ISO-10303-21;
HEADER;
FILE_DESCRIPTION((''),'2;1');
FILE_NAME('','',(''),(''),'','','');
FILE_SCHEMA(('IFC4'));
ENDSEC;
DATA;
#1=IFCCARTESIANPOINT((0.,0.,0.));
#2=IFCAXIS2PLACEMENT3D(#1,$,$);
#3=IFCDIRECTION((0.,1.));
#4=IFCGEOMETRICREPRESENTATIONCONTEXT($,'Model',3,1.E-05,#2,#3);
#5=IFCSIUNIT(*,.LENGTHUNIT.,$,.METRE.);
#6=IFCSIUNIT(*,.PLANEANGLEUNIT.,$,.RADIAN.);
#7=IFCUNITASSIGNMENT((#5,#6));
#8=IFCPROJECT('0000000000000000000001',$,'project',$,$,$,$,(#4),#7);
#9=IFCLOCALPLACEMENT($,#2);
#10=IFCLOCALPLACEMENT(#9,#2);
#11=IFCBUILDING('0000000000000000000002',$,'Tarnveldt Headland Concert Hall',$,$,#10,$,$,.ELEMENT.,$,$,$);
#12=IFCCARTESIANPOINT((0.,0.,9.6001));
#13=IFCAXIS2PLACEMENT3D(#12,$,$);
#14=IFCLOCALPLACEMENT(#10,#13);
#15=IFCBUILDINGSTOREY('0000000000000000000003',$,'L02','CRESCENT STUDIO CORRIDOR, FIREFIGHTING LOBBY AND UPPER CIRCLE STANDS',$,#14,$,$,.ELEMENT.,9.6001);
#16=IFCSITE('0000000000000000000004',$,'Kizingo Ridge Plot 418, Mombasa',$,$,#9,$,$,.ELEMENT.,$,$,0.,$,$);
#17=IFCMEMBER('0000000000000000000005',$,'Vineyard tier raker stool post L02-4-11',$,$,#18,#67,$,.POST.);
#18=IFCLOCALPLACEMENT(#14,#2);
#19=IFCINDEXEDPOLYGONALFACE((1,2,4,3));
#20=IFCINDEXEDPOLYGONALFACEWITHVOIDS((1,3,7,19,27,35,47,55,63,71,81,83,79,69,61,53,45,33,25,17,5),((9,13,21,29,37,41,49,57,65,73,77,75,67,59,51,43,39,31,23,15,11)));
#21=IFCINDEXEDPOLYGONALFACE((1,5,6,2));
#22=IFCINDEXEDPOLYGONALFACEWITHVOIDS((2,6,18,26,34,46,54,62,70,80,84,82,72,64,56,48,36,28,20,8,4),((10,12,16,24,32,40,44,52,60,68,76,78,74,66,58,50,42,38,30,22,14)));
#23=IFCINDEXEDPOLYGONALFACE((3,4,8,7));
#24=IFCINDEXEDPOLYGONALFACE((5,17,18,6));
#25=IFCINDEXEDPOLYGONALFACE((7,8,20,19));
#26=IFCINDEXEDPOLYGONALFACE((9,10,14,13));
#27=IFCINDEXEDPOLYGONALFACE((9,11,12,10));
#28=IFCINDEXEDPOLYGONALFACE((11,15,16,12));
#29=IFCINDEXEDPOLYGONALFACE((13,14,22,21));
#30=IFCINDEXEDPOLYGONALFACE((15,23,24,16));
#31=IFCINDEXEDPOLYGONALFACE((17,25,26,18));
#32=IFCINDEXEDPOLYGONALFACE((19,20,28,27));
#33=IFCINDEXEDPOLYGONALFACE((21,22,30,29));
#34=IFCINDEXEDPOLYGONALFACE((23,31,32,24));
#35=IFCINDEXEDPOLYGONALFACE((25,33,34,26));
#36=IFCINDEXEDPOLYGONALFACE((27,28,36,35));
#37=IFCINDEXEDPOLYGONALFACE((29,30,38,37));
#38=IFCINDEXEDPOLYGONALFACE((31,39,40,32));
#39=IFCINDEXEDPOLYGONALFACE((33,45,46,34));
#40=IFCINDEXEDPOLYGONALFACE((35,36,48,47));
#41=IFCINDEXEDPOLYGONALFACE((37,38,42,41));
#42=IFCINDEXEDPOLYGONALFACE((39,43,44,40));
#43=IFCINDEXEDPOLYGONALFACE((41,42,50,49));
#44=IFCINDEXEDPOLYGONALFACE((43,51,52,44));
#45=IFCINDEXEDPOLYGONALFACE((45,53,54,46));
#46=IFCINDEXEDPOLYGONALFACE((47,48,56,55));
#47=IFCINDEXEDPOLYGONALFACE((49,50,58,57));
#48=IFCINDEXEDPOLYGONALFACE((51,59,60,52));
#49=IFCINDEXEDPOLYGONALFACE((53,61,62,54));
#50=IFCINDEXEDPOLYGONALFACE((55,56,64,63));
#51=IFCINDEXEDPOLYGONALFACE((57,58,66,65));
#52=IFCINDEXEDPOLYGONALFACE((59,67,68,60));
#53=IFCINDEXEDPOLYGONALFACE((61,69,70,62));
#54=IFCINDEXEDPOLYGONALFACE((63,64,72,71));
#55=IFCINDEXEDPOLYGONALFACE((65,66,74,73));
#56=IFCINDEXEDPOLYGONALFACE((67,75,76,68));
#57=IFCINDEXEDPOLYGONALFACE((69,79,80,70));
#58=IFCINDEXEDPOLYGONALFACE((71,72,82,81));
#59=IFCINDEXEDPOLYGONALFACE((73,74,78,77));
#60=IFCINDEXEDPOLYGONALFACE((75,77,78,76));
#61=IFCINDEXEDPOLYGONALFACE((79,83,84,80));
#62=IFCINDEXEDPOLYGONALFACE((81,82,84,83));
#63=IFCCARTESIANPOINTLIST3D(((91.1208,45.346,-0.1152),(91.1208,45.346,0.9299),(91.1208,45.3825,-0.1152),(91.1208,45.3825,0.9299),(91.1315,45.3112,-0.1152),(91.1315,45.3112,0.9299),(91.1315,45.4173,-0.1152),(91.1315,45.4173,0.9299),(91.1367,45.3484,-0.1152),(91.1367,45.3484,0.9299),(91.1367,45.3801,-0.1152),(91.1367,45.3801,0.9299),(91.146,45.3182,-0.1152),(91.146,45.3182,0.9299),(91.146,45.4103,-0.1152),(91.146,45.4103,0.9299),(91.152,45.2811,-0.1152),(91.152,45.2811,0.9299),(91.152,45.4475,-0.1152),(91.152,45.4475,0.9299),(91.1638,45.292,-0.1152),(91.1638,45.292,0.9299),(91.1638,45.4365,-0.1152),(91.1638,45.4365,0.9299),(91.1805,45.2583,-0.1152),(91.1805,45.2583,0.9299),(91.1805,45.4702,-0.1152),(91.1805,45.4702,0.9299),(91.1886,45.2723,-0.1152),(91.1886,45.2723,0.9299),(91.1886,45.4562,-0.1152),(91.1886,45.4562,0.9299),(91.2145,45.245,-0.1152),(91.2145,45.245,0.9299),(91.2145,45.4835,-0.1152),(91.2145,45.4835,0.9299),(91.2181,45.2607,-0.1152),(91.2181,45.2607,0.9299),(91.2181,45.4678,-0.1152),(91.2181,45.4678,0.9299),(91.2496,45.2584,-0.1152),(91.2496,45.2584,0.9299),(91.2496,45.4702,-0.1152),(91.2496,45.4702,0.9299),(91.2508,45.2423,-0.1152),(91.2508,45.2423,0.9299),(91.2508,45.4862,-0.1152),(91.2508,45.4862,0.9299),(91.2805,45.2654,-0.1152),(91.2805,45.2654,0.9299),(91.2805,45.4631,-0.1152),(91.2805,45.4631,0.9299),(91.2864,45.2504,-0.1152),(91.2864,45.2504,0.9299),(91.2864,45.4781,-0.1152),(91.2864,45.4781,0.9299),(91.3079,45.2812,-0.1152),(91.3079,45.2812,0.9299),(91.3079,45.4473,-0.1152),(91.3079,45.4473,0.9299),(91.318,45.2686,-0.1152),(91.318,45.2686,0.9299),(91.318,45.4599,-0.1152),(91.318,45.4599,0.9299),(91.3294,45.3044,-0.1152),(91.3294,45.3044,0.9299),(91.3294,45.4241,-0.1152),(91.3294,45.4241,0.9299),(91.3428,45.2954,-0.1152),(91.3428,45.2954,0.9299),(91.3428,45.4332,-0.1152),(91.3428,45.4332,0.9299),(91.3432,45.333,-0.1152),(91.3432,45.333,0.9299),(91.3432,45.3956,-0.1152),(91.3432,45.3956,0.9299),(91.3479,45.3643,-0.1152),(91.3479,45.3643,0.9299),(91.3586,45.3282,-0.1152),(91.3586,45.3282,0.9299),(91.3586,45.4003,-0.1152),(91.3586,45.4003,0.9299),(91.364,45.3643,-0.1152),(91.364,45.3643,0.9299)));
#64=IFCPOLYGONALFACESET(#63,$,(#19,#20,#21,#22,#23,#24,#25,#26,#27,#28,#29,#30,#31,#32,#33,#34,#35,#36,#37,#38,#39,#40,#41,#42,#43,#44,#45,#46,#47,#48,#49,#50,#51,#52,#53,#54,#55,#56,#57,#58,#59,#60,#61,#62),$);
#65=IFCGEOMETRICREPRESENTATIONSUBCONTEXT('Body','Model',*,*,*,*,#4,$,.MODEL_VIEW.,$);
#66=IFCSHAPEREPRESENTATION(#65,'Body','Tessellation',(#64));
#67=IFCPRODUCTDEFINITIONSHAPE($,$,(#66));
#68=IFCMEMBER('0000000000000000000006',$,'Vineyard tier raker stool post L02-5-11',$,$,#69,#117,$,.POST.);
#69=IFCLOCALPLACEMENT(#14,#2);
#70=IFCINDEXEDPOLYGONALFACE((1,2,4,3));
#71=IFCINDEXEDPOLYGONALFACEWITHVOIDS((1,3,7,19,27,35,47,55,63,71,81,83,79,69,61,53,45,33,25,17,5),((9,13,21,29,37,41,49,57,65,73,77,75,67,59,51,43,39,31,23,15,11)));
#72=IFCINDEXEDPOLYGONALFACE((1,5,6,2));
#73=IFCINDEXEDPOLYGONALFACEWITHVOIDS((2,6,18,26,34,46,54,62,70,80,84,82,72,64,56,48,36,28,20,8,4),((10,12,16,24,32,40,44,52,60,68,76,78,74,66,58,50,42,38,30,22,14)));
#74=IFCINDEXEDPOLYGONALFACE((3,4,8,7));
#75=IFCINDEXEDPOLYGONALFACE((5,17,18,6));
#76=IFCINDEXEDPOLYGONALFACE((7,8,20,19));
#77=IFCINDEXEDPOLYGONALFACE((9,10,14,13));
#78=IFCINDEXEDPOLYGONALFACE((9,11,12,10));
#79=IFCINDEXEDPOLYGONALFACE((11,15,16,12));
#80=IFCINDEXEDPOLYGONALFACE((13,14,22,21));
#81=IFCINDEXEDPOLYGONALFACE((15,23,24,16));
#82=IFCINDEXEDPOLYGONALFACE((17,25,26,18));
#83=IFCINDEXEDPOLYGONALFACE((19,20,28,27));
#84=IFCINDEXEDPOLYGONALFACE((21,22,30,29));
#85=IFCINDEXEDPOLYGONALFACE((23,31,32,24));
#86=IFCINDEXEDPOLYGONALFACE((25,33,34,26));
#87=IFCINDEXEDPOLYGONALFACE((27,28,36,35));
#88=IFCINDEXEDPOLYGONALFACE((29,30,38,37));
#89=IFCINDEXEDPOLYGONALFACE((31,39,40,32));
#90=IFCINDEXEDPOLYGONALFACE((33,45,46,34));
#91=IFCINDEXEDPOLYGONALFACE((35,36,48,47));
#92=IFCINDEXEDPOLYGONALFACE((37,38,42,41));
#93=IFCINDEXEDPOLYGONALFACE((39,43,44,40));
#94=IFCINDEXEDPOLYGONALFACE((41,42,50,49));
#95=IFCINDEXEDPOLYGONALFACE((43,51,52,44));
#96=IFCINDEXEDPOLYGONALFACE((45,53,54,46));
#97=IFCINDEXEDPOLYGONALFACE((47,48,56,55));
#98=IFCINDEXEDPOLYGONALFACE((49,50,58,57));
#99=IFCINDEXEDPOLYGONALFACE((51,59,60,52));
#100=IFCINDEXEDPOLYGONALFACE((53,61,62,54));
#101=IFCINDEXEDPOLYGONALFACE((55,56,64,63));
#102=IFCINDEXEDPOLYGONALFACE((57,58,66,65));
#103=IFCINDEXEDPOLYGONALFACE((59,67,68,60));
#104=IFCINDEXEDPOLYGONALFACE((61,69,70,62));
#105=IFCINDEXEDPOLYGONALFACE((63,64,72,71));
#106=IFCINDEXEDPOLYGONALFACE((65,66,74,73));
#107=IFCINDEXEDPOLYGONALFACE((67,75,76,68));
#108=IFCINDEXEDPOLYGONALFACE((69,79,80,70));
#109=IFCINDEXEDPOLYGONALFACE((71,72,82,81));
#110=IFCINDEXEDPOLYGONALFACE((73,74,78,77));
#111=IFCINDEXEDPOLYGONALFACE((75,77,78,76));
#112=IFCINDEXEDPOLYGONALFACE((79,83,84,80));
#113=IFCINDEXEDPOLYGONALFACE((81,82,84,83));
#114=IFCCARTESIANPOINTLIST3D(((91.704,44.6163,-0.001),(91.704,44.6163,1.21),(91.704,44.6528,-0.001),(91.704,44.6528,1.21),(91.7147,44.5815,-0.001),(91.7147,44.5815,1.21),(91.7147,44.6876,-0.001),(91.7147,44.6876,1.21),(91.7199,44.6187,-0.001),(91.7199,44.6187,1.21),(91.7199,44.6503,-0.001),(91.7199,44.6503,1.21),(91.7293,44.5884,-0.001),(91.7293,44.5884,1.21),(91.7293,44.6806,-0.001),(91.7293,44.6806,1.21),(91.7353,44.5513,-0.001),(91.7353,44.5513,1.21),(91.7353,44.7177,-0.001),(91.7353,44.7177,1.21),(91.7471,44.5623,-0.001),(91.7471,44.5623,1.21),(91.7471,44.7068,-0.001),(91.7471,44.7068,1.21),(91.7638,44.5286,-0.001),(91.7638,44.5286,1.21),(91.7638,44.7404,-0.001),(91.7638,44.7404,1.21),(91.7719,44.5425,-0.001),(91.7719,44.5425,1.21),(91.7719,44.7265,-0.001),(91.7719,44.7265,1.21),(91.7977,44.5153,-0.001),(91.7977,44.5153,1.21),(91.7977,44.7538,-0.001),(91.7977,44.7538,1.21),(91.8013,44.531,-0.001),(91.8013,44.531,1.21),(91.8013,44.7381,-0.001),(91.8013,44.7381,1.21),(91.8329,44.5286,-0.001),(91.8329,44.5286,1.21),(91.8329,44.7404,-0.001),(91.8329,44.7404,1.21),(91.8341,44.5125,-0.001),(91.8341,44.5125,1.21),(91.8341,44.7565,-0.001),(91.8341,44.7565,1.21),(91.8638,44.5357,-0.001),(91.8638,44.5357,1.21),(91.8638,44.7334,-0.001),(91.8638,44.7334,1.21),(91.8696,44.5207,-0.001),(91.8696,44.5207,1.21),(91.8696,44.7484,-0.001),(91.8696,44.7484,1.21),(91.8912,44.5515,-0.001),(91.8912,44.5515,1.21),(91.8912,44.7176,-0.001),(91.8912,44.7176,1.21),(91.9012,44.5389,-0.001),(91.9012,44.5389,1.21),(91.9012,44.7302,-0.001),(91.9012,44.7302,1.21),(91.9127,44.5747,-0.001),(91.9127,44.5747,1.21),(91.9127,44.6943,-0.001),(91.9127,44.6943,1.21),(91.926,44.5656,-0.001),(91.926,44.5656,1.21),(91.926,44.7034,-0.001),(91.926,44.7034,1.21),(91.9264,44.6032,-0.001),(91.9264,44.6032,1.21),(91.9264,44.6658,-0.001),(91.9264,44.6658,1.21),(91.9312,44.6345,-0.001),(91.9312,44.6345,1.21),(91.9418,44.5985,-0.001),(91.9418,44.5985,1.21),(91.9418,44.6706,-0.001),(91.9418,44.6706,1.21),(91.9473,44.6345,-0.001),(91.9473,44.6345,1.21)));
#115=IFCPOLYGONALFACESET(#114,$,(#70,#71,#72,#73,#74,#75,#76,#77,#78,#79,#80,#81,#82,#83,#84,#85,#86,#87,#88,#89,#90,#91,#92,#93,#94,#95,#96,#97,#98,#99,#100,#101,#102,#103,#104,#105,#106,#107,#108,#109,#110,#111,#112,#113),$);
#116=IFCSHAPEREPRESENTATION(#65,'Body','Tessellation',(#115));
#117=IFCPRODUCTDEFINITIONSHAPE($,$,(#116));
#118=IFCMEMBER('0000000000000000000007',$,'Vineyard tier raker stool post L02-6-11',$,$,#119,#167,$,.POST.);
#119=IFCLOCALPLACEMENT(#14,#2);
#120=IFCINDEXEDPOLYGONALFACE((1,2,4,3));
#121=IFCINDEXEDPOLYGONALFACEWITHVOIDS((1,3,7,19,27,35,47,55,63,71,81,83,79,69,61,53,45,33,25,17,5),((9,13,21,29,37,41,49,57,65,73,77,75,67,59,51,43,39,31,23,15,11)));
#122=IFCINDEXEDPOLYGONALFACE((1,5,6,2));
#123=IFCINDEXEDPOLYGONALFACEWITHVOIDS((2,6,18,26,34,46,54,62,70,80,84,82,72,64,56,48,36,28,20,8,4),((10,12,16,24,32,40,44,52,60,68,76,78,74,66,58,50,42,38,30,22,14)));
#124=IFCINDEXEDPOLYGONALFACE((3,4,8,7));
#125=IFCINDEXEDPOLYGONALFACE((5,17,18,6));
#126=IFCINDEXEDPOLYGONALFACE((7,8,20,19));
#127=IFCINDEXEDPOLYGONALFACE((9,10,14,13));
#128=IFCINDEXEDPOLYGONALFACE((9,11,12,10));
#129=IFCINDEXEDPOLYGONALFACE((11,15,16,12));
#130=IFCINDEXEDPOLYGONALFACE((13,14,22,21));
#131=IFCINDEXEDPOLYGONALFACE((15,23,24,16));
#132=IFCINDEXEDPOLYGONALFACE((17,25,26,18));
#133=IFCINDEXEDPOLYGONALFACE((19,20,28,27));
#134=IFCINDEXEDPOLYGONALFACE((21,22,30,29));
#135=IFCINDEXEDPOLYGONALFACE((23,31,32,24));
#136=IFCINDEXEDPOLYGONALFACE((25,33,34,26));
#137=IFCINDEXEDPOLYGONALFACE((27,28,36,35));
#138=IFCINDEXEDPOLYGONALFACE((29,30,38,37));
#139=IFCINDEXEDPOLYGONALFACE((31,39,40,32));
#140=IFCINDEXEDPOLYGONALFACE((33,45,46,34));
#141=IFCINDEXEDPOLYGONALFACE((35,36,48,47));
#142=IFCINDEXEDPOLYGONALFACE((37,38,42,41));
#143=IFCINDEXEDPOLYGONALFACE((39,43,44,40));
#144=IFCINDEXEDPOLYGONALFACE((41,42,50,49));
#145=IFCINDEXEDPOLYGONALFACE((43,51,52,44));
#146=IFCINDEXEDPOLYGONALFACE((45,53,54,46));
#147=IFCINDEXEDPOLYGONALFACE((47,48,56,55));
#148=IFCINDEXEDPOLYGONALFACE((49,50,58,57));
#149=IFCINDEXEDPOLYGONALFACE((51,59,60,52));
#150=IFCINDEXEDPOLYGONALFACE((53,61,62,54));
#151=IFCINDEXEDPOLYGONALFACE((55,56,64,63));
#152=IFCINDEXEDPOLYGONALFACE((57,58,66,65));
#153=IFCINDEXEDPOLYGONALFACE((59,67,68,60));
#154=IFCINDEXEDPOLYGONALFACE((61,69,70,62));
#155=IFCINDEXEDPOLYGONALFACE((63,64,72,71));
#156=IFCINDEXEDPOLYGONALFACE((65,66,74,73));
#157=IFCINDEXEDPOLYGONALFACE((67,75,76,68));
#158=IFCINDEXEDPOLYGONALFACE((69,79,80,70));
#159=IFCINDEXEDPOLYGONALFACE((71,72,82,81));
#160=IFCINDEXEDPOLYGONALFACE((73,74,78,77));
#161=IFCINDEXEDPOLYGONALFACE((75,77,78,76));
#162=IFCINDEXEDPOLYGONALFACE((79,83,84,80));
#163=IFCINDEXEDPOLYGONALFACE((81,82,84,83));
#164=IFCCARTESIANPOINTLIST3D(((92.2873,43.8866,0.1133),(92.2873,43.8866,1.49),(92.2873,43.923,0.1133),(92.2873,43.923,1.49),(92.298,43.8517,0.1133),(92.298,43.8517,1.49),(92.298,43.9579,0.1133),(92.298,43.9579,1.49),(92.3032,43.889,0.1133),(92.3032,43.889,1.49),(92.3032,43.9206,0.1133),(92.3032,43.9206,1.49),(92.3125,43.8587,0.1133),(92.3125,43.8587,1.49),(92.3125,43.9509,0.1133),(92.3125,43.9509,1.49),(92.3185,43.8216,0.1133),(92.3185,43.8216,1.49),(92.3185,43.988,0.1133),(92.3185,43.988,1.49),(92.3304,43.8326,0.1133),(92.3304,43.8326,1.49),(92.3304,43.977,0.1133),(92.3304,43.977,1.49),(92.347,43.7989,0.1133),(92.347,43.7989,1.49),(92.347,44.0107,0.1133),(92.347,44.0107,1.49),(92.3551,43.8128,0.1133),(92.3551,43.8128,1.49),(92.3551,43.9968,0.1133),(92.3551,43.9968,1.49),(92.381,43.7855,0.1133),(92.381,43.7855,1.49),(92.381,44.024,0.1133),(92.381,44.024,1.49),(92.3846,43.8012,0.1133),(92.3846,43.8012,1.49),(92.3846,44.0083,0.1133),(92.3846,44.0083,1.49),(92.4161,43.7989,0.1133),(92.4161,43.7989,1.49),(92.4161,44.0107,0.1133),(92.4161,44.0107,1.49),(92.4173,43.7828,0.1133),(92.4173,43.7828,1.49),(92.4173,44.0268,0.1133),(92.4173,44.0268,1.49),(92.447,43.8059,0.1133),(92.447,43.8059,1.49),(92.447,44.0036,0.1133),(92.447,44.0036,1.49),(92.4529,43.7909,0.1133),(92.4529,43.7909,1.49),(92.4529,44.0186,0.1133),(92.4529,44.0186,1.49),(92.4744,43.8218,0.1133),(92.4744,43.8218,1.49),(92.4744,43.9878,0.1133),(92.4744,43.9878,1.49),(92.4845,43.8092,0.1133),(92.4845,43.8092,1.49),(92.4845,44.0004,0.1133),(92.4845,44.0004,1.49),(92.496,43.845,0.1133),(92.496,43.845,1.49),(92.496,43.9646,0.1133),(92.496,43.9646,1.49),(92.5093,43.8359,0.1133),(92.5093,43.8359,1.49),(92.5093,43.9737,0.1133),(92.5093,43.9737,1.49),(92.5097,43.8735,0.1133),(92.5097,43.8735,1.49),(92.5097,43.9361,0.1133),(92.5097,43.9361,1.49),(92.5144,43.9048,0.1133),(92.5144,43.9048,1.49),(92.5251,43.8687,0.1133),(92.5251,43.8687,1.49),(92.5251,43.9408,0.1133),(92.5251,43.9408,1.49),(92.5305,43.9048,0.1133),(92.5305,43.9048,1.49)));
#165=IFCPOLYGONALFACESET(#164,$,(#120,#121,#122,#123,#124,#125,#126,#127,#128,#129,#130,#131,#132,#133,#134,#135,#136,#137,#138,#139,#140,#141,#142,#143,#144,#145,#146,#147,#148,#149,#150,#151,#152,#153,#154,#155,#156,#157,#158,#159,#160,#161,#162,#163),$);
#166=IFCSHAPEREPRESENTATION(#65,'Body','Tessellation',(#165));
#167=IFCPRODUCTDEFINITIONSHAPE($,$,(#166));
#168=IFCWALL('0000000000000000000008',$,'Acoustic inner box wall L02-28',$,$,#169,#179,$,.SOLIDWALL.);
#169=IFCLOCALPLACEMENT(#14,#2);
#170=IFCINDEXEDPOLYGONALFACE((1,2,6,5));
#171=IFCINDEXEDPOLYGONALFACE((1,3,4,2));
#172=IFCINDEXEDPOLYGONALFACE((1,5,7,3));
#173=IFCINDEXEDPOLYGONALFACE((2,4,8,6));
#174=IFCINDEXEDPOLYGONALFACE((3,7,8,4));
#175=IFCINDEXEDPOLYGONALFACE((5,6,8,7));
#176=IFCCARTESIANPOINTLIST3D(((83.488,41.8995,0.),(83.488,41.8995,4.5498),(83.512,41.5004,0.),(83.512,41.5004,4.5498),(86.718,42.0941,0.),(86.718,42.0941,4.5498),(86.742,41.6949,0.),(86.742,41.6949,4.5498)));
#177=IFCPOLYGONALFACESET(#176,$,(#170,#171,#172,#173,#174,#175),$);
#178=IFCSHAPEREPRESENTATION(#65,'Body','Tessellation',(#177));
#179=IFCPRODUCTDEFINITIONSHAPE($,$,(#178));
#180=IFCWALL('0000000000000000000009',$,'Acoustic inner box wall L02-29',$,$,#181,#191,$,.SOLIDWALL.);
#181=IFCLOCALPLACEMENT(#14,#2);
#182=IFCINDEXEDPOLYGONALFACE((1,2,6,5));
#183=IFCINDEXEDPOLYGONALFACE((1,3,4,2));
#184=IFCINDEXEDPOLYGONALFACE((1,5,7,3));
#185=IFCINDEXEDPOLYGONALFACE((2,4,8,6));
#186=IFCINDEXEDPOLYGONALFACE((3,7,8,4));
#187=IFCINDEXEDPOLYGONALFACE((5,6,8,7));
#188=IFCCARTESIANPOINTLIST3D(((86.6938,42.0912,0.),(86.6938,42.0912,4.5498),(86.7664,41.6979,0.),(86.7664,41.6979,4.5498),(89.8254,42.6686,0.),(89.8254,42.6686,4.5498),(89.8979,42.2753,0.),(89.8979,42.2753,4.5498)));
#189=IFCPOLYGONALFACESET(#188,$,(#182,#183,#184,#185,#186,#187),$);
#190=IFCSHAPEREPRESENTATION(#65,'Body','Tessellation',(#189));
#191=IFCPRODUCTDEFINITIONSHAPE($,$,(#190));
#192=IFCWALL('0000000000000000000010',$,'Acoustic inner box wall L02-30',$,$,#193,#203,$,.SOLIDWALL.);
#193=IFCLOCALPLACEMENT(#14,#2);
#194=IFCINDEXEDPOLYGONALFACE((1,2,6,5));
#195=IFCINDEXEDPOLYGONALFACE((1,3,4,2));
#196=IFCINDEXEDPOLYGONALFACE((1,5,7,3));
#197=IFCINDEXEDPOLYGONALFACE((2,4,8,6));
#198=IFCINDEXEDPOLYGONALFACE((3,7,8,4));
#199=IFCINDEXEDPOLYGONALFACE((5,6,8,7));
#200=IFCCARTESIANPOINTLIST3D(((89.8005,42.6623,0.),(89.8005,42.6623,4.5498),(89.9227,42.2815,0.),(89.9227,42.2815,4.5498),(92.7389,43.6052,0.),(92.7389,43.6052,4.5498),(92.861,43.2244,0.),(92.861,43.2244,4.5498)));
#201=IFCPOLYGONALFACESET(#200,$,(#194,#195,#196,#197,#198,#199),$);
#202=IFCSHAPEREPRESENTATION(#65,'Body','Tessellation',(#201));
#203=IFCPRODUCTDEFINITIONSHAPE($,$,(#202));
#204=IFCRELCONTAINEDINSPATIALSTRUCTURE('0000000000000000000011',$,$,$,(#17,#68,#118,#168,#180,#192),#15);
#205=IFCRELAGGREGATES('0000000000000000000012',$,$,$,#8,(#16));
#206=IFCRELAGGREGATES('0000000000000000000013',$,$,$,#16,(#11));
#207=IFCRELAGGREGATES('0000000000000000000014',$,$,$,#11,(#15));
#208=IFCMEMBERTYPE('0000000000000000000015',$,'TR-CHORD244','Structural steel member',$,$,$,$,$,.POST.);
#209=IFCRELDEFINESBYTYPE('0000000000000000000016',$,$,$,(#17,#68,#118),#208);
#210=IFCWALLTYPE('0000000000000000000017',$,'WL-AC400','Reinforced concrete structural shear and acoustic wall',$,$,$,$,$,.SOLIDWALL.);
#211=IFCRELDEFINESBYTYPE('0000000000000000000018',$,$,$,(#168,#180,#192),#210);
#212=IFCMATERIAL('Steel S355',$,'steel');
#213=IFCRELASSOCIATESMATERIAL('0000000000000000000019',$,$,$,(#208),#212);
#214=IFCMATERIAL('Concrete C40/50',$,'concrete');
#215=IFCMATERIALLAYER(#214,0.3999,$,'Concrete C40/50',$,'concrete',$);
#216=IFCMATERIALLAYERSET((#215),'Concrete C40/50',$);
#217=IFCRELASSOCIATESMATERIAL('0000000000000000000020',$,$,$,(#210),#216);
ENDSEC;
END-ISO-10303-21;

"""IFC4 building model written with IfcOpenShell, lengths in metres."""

from ifc_helpers import new_model, si_unit, direction, frame, frame_2d, origin, origin_2d, place, context, subcontext, project, spatial, rectangle, hollow_circle, extrude, material, layer, layer_set, material_profile, profile_set, type_object, element, save


model = new_model("IFC4")

# Units and contexts
model_context = context("Model", 3, precision=1e-05, world=origin(), true_north=direction((0.0, 1.0)))
body_context = subcontext(model_context, "Body", "Model", "MODEL_VIEW")
ifc_project = project(units=[si_unit("LENGTHUNIT", "METRE"), si_unit("PLANEANGLEUNIT", "RADIAN")], contexts=[model_context])

# Site, building, storey
site_placement = place(None, origin())
site = spatial("IfcSite", under=ifc_project, at=site_placement, Name="Kizingo Ridge Plot 418, Mombasa", CompositionType="ELEMENT", RefElevation=0.0)
building_placement = place(site_placement, origin())
building = spatial("IfcBuilding", under=site, at=building_placement, Name="Tarnveldt Headland Concert Hall", CompositionType="ELEMENT")
storey_placement = place(building_placement, frame((0.0, 0.0, 9.6001)))
storey = spatial("IfcBuildingStorey", under=building, at=storey_placement, Name="L02", Description="CRESCENT STUDIO CORRIDOR, FIREFIGHTING LOBBY AND UPPER CIRCLE STANDS", CompositionType="ELEMENT", Elevation=9.6001)

# Shared definitions
ifc_material_1 = material(Name="Concrete C40/50", Category="concrete")

# Shared definitions
ifc_material_2 = material(Name="Steel S355", Category="steel")

# Members
ifc_material_profile_1 = material_profile(ifc_material_2, hollow_circle(Radius=0.1223, WallThickness=0.0161, at=origin_2d()), Name="CHS 244.5x16", Category="steel")
ifc_profile_set_1 = profile_set([ifc_material_profile_1], Name="Steel S355")
member_type_1 = type_object("IfcMemberType", Name="TR-CHORD244", Description="Structural steel member", PredefinedType="POST", material=ifc_profile_set_1)
member_1_placement = place(storey_placement, frame((91.2417, 45.3643, -0.1152), z_axis=(0.0, 0.0, 1.0), x_axis=(1.0, 0.0, 0.0)))
element("IfcMember", 1, at=member_1_placement, inside=storey, type_object=member_type_1, Name="Vineyard tier raker stool post L02-4-11", PredefinedType="POST", context=body_context, shape_type="SweptSolid", body=[
    extrude(hollow_circle(Radius=0.1223, WallThickness=0.0161, at=origin_2d()), origin(), (0.0, 0.0, 1.0), 1.0452),
])
member_2_placement = place(storey_placement, frame((91.825, 44.6345, -0.001), z_axis=(0.0, 0.0, 1.0), x_axis=(1.0, 0.0, 0.0)))
element("IfcMember", 2, at=member_2_placement, inside=storey, type_object=member_type_1, Name="Vineyard tier raker stool post L02-5-11", PredefinedType="POST", context=body_context, shape_type="SweptSolid", body=[
    extrude(hollow_circle(Radius=0.1223, WallThickness=0.0161, at=origin_2d()), origin(), (0.0, 0.0, 1.0), 1.2109),
])
member_3_placement = place(storey_placement, frame((92.4082, 43.9048, 0.1133), z_axis=(0.0, 0.0, 1.0), x_axis=(1.0, 0.0, 0.0)))
element("IfcMember", 3, at=member_3_placement, inside=storey, type_object=member_type_1, Name="Vineyard tier raker stool post L02-6-11", PredefinedType="POST", context=body_context, shape_type="SweptSolid", body=[
    extrude(hollow_circle(Radius=0.1223, WallThickness=0.0161, at=origin_2d()), origin(), (0.0, 0.0, 1.0), 1.3767),
])

# Walls
ifc_layer_1 = layer(ifc_material_1, 0.3999, Name="Concrete C40/50", Category="concrete")
ifc_layer_set_1 = layer_set([ifc_layer_1], Name="Concrete C40/50")
wall_type_1 = type_object("IfcWallType", Name="WL-AC400", Description="Reinforced concrete structural shear and acoustic wall", PredefinedType="SOLIDWALL", material=ifc_layer_set_1)
wall_1_placement = place(storey_placement, frame((83.5, 41.7, 0.0), z_axis=(0.0, 0.0, 1.0), x_axis=(0.99819, 0.060133, 0.0)))
element("IfcWall", 4, at=wall_1_placement, inside=storey, type_object=wall_type_1, Name="Acoustic inner box wall L02-28", PredefinedType="SOLIDWALL", context=body_context, shape_type="SweptSolid", body=[
    extrude(rectangle(XDim=3.2358, YDim=0.3999, at=frame_2d((1.6179, 0.0))), origin(), (0.0, 0.0, 1.0), 4.5498),
])
wall_2_placement = place(storey_placement, frame((86.73, 41.8945, 0.0), z_axis=(0.0, 0.0, 1.0), x_axis=(0.983424, 0.18132, 0.0)))
element("IfcWall", 5, at=wall_2_placement, inside=storey, type_object=wall_type_1, Name="Acoustic inner box wall L02-29", PredefinedType="SOLIDWALL", context=body_context, shape_type="SweptSolid", body=[
    extrude(rectangle(XDim=3.1843, YDim=0.3999, at=frame_2d((1.5923, 0.0))), origin(), (0.0, 0.0, 1.0), 4.5498),
])
wall_3_placement = place(storey_placement, frame((89.8616, 42.4719, 0.0), z_axis=(0.0, 0.0, 1.0), x_axis=(0.952183, 0.305528, 0.0)))
element("IfcWall", 6, at=wall_3_placement, inside=storey, type_object=wall_type_1, Name="Acoustic inner box wall L02-30", PredefinedType="SOLIDWALL", context=body_context, shape_type="SweptSolid", body=[
    extrude(rectangle(XDim=3.0859, YDim=0.3999, at=frame_2d((1.543, 0.0))), origin(), (0.0, 0.0, 1.0), 4.5498),
])

save(model, "model.ifc")
